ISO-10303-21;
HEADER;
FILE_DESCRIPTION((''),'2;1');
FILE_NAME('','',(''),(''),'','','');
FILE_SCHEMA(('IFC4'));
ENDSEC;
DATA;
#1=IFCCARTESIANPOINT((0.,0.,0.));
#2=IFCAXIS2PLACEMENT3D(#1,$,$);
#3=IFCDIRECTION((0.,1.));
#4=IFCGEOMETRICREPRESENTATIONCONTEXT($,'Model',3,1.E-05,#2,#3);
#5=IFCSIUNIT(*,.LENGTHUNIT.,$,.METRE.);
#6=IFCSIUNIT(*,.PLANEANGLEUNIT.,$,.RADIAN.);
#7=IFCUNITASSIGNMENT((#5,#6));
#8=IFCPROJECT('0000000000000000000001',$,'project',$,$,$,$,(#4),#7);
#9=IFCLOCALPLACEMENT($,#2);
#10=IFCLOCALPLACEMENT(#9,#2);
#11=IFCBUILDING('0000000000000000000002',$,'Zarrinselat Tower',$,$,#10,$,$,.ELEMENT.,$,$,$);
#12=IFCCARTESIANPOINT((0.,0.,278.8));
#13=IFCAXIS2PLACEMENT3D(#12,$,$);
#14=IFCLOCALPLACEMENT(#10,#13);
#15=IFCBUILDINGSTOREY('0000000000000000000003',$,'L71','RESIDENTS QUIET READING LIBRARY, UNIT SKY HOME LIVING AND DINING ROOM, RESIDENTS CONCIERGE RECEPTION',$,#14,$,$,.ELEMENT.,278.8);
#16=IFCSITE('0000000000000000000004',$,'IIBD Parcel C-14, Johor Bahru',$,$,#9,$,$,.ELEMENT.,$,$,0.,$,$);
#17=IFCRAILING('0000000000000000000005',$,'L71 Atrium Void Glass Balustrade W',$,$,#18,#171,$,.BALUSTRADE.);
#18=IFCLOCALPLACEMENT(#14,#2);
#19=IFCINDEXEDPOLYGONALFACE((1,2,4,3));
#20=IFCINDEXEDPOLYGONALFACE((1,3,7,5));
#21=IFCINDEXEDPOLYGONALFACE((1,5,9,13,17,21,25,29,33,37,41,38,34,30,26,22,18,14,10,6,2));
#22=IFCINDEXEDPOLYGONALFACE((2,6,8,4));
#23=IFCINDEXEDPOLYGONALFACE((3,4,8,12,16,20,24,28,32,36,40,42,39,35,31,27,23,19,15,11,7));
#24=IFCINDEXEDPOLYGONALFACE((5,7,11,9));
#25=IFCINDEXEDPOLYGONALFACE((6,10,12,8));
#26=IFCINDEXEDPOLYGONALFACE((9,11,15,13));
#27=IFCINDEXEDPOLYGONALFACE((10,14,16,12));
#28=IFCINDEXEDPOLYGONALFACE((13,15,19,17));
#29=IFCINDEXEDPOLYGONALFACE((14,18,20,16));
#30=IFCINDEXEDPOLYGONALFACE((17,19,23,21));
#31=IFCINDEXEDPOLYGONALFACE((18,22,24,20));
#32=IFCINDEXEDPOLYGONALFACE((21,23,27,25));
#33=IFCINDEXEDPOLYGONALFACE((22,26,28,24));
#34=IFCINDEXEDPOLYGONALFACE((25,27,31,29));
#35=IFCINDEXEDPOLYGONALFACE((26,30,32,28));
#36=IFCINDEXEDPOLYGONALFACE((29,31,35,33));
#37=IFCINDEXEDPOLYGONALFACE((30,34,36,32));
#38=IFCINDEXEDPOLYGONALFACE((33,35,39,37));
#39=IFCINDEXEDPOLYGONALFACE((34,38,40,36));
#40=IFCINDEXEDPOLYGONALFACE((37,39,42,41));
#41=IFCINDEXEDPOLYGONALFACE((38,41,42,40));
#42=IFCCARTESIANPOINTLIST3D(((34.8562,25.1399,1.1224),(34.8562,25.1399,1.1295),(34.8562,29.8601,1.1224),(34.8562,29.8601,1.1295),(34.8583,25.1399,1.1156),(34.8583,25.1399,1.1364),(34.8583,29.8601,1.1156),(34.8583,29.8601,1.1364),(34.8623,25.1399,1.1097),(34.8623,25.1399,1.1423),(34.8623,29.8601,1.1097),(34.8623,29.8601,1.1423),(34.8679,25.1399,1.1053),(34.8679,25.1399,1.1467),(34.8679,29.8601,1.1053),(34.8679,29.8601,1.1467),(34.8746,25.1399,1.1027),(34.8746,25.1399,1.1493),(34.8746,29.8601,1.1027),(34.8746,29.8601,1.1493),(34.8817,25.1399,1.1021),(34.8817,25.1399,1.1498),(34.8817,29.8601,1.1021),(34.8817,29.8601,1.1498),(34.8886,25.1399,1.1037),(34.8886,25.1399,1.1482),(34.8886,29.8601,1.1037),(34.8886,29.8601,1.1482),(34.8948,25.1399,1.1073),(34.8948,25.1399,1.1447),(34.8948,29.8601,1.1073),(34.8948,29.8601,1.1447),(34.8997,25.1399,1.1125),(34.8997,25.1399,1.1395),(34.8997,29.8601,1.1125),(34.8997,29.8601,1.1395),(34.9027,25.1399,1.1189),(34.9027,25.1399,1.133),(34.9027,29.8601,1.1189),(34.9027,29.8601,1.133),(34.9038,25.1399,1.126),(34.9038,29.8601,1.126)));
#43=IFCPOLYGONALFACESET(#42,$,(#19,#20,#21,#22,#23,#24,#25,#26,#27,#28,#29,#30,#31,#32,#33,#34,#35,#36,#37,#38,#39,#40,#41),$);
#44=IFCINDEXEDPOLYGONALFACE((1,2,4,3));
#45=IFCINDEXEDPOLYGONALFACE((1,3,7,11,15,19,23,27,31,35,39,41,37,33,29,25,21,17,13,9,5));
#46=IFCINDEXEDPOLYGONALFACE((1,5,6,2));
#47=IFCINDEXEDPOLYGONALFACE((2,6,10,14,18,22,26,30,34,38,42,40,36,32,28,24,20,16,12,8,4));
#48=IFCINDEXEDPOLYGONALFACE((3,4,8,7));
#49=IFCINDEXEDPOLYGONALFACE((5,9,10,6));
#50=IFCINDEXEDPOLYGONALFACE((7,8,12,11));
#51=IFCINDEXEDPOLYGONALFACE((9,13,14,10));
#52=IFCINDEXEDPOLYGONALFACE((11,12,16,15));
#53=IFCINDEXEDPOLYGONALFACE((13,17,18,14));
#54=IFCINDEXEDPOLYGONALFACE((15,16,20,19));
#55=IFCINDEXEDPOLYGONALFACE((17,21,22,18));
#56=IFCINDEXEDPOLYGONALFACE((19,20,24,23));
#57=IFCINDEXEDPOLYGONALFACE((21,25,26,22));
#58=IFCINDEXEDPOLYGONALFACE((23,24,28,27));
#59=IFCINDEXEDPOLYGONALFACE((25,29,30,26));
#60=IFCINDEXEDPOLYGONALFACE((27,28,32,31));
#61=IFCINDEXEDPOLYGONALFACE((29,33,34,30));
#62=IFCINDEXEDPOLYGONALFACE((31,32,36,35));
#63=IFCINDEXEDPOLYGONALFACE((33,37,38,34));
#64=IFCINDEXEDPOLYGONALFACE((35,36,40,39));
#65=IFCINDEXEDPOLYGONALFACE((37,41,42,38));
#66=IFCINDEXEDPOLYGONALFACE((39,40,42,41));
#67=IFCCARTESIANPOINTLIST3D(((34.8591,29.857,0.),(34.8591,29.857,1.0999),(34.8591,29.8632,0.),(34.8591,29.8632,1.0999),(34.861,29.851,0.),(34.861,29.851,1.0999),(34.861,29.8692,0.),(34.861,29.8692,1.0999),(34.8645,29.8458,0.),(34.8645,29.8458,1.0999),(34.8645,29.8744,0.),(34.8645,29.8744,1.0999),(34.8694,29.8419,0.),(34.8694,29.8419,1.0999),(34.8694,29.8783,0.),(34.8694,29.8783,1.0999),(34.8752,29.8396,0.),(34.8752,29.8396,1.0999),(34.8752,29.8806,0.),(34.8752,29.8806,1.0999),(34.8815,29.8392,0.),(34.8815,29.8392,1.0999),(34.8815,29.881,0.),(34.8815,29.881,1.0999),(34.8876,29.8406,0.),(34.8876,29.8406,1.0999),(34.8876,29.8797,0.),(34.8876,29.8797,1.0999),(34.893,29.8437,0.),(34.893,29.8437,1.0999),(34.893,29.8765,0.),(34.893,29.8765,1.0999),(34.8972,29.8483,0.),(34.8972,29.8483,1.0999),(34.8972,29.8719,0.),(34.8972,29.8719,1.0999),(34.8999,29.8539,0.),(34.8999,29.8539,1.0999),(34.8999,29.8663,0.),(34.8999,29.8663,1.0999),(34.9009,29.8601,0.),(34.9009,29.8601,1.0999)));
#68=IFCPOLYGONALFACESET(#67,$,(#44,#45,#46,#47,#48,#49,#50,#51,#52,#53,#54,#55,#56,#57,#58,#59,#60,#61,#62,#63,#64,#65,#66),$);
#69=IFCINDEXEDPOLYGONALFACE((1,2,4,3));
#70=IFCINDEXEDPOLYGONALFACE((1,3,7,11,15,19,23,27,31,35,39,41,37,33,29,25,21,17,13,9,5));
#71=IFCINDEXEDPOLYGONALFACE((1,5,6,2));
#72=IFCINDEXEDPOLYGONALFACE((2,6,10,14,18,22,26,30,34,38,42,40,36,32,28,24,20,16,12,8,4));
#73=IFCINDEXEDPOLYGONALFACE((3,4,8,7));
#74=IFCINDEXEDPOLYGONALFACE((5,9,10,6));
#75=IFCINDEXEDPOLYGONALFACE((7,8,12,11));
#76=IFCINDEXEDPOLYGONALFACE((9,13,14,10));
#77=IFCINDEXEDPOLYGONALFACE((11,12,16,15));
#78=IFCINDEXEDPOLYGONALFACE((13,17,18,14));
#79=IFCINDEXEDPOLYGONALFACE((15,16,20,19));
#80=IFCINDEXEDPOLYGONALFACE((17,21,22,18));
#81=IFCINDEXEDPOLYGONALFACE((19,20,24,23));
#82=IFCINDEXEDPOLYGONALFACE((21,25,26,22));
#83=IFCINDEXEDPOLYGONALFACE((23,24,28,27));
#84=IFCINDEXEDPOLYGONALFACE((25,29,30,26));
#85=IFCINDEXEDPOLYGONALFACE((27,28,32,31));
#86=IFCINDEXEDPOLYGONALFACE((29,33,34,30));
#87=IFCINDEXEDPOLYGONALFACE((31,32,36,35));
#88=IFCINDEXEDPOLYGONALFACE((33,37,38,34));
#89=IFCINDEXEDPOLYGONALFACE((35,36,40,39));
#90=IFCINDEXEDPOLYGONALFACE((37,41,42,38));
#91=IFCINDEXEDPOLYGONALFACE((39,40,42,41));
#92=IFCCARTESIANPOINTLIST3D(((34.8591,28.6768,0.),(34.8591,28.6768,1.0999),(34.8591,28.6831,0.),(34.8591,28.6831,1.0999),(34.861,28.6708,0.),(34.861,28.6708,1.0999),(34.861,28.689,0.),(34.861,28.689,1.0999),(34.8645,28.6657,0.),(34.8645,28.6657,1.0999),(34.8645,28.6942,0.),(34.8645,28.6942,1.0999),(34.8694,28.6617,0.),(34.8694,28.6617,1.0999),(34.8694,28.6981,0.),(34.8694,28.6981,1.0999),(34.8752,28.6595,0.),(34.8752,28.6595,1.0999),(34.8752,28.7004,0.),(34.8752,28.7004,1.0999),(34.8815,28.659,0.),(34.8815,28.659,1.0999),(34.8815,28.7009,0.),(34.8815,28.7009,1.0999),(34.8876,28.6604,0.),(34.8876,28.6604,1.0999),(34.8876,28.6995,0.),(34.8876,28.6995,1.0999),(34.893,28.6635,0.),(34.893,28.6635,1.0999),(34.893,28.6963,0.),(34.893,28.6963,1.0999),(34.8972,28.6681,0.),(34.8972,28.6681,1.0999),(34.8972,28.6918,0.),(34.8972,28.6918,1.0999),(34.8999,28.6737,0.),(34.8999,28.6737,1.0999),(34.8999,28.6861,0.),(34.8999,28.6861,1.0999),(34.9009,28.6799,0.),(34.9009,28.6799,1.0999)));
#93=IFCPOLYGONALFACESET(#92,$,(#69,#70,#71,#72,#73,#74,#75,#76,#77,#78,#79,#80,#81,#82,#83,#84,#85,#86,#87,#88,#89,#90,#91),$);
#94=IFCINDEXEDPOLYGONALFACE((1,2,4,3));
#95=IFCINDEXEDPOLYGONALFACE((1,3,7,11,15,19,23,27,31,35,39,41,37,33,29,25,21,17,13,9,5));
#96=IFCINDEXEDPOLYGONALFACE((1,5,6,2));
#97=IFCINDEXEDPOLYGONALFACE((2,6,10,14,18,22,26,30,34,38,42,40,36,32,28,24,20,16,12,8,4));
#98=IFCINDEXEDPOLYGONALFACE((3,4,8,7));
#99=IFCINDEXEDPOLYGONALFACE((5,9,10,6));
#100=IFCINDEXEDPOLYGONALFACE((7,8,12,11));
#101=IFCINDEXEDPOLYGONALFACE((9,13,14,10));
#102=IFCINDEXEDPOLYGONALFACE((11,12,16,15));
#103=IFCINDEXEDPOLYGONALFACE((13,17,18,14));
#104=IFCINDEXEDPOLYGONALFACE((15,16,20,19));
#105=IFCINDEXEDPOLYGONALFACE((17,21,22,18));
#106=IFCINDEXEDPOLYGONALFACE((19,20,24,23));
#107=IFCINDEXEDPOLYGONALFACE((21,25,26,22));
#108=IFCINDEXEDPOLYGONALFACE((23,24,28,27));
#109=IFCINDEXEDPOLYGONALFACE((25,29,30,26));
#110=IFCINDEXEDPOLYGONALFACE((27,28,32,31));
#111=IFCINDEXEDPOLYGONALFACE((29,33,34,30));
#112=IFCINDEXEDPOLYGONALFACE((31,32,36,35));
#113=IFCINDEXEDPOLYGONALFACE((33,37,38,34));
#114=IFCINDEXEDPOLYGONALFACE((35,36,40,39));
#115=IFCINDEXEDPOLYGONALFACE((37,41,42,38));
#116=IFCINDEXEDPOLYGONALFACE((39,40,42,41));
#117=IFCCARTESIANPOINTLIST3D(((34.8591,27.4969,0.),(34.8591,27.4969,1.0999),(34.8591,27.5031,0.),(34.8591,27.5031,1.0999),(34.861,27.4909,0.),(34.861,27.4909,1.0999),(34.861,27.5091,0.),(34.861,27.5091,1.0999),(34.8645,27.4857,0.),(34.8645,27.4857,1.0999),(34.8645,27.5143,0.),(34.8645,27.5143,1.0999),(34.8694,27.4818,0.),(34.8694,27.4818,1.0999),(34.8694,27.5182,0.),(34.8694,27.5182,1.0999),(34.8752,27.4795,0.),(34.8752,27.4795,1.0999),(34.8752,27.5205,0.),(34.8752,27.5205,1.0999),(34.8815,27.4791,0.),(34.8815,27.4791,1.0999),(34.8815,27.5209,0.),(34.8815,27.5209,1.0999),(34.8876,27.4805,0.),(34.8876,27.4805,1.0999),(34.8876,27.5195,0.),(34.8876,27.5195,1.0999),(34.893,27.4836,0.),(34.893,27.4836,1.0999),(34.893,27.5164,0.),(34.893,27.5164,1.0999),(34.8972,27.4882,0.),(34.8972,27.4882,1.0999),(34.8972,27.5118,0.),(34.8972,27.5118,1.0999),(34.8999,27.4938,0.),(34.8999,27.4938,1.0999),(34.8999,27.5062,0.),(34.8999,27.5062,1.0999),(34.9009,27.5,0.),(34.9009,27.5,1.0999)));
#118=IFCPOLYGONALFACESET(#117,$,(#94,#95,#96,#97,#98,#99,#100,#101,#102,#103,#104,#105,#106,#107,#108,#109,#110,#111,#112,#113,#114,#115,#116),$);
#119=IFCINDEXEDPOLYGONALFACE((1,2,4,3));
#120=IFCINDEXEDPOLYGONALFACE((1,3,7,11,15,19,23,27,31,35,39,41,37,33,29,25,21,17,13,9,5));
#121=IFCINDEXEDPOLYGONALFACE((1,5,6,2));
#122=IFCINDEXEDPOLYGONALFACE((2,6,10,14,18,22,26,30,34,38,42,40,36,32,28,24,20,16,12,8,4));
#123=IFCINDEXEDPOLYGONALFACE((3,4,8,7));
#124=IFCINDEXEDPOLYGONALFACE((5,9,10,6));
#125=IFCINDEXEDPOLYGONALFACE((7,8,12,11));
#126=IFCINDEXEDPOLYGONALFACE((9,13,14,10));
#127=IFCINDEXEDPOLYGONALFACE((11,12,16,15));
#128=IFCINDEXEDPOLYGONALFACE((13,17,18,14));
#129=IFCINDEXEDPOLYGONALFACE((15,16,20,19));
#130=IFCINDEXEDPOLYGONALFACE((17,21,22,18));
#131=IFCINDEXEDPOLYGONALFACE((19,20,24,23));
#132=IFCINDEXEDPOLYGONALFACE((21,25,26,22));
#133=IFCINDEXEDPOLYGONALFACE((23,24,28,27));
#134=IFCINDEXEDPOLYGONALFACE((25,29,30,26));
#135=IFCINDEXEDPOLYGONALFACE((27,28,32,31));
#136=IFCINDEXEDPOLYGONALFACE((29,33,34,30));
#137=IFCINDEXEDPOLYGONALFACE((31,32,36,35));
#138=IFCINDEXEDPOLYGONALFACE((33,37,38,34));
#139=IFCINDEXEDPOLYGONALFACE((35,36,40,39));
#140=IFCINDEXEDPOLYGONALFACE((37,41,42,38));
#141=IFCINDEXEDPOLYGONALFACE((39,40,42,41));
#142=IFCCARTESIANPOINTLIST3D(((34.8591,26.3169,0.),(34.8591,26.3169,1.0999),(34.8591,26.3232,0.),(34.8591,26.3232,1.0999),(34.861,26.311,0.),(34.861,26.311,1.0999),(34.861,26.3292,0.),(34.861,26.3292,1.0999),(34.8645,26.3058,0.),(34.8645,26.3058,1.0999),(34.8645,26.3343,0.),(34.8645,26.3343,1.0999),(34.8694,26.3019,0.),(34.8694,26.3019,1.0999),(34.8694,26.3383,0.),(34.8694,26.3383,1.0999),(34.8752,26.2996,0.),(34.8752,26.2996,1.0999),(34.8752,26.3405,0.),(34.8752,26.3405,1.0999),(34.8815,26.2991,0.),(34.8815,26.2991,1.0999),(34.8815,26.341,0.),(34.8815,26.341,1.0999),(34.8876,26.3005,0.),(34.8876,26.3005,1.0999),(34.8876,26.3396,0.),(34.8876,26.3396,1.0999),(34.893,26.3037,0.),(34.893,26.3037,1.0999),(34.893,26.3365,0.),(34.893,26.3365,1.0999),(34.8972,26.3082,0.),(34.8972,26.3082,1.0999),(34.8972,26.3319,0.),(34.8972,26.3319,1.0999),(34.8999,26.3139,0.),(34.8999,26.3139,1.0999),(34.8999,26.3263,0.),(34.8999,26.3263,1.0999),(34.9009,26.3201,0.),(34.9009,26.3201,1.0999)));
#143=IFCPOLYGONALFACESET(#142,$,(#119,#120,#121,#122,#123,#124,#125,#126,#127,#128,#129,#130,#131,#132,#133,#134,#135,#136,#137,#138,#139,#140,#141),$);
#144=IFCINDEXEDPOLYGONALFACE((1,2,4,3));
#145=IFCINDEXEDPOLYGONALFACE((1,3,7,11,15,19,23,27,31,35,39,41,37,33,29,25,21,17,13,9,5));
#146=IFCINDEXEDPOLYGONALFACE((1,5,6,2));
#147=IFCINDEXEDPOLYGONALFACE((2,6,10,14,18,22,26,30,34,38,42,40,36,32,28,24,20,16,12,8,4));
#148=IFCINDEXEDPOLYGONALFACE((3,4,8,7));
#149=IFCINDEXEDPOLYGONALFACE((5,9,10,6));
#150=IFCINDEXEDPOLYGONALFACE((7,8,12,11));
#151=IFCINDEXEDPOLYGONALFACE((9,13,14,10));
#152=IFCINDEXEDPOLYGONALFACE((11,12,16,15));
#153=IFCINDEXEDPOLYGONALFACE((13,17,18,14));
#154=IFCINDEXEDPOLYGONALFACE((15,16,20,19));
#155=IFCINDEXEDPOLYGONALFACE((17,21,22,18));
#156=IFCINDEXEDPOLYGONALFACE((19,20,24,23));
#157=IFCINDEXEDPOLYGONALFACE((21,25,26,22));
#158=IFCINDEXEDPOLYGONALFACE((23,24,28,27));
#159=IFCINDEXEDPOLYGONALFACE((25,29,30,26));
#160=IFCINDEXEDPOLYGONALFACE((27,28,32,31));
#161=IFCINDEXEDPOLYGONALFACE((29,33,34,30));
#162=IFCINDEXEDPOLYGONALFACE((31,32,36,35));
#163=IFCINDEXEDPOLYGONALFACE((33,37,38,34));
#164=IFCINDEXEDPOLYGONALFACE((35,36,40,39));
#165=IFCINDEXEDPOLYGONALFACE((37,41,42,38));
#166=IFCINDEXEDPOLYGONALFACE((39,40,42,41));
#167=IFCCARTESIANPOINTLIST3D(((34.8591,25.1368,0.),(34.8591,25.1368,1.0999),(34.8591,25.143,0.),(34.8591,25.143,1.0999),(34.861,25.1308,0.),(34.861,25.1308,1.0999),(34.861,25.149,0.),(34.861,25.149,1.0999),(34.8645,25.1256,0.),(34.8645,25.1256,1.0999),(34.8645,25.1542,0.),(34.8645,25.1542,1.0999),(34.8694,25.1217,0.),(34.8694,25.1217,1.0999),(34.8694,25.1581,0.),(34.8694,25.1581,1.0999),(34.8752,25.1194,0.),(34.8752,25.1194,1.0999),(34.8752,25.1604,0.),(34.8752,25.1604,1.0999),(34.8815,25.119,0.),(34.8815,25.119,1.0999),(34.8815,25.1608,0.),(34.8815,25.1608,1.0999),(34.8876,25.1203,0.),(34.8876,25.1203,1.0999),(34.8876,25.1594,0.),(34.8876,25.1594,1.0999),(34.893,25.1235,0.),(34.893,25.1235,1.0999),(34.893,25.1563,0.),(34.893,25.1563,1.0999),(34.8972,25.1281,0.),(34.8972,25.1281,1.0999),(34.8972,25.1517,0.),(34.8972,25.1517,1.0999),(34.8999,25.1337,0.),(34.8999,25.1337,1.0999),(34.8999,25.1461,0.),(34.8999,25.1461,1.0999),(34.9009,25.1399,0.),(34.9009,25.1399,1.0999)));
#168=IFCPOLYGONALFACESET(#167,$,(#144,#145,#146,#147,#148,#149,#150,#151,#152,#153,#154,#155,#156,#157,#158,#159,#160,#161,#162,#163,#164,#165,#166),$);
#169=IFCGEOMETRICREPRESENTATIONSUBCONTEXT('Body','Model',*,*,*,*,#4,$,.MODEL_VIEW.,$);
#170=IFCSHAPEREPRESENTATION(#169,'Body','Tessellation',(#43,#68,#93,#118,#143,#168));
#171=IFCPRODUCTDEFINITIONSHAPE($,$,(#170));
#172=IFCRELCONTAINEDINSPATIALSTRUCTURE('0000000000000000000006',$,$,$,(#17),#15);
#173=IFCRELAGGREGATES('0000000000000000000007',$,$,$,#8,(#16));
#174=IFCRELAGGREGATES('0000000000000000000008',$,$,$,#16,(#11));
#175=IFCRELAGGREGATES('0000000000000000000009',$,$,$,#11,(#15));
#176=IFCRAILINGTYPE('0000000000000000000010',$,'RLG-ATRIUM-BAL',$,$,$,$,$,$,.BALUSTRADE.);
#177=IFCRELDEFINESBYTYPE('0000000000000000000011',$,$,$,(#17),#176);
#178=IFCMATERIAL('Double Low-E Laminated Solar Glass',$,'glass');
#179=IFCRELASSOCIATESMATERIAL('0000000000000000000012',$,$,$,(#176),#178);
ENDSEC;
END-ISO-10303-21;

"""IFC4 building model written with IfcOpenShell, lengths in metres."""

from ifc_helpers import new_model, si_unit, direction, frame, origin, origin_2d, place, context, subcontext, project, spatial, circle, extrude, material, type_object, element, save


model = new_model("IFC4")

# Units and contexts
model_context = context("Model", 3, precision=1e-05, world=origin(), true_north=direction((0.0, 1.0)))
body_context = subcontext(model_context, "Body", "Model", "MODEL_VIEW")
ifc_project = project(units=[si_unit("LENGTHUNIT", "METRE"), si_unit("PLANEANGLEUNIT", "RADIAN")], contexts=[model_context])

# Site, building, storey
site_placement = place(None, origin())
site = spatial("IfcSite", under=ifc_project, at=site_placement, Name="IIBD Parcel C-14, Johor Bahru", CompositionType="ELEMENT", RefElevation=0.0)
building_placement = place(site_placement, origin())
building = spatial("IfcBuilding", under=site, at=building_placement, Name="Zarrinselat Tower", CompositionType="ELEMENT")
storey_placement = place(building_placement, frame((0.0, 0.0, 278.8)))
storey = spatial("IfcBuildingStorey", under=building, at=storey_placement, Name="L71", Description="RESIDENTS QUIET READING LIBRARY, UNIT SKY HOME LIVING AND DINING ROOM, RESIDENTS CONCIERGE RECEPTION", CompositionType="ELEMENT", Elevation=278.8)

# Railing
ifc_material_1 = material(Name="Double Low-E Laminated Solar Glass", Category="glass")
railing_type_1 = type_object("IfcRailingType", Name="RLG-ATRIUM-BAL", PredefinedType="BALUSTRADE", material=ifc_material_1)
railing_1_placement = place(storey_placement, frame((34.8799, 29.8601, 0.0)))
element("IfcRailing", 1, at=railing_1_placement, inside=storey, type_object=railing_type_1, Name="L71 Atrium Void Glass Balustrade W", PredefinedType="BALUSTRADE", context=body_context, shape_type="SweptSolid", body=[
    extrude(circle(Radius=0.0239, at=origin_2d()), frame((0.0, 0.0, 1.126), z_axis=(0.0, -1.0, 0.0), x_axis=(1.0, 0.0, 0.0)), (0.0, 0.0, 1.0), 4.7202),
    extrude(circle(Radius=0.021, at=origin_2d()), origin(), (0.0, 0.0, 1.0), 1.0999),
    extrude(circle(Radius=0.021, at=origin_2d()), frame((0.0, -1.1802, 0.0)), (0.0, 0.0, 1.0), 1.0999),
    extrude(circle(Radius=0.021, at=origin_2d()), frame((0.0, -2.3601, 0.0)), (0.0, 0.0, 1.0), 1.0999),
    extrude(circle(Radius=0.021, at=origin_2d()), frame((0.0, -3.54, 0.0)), (0.0, 0.0, 1.0), 1.0999),
    extrude(circle(Radius=0.021, at=origin_2d()), frame((0.0, -4.7202, 0.0)), (0.0, 0.0, 1.0), 1.0999),
])

save(model, "model.ifc")
